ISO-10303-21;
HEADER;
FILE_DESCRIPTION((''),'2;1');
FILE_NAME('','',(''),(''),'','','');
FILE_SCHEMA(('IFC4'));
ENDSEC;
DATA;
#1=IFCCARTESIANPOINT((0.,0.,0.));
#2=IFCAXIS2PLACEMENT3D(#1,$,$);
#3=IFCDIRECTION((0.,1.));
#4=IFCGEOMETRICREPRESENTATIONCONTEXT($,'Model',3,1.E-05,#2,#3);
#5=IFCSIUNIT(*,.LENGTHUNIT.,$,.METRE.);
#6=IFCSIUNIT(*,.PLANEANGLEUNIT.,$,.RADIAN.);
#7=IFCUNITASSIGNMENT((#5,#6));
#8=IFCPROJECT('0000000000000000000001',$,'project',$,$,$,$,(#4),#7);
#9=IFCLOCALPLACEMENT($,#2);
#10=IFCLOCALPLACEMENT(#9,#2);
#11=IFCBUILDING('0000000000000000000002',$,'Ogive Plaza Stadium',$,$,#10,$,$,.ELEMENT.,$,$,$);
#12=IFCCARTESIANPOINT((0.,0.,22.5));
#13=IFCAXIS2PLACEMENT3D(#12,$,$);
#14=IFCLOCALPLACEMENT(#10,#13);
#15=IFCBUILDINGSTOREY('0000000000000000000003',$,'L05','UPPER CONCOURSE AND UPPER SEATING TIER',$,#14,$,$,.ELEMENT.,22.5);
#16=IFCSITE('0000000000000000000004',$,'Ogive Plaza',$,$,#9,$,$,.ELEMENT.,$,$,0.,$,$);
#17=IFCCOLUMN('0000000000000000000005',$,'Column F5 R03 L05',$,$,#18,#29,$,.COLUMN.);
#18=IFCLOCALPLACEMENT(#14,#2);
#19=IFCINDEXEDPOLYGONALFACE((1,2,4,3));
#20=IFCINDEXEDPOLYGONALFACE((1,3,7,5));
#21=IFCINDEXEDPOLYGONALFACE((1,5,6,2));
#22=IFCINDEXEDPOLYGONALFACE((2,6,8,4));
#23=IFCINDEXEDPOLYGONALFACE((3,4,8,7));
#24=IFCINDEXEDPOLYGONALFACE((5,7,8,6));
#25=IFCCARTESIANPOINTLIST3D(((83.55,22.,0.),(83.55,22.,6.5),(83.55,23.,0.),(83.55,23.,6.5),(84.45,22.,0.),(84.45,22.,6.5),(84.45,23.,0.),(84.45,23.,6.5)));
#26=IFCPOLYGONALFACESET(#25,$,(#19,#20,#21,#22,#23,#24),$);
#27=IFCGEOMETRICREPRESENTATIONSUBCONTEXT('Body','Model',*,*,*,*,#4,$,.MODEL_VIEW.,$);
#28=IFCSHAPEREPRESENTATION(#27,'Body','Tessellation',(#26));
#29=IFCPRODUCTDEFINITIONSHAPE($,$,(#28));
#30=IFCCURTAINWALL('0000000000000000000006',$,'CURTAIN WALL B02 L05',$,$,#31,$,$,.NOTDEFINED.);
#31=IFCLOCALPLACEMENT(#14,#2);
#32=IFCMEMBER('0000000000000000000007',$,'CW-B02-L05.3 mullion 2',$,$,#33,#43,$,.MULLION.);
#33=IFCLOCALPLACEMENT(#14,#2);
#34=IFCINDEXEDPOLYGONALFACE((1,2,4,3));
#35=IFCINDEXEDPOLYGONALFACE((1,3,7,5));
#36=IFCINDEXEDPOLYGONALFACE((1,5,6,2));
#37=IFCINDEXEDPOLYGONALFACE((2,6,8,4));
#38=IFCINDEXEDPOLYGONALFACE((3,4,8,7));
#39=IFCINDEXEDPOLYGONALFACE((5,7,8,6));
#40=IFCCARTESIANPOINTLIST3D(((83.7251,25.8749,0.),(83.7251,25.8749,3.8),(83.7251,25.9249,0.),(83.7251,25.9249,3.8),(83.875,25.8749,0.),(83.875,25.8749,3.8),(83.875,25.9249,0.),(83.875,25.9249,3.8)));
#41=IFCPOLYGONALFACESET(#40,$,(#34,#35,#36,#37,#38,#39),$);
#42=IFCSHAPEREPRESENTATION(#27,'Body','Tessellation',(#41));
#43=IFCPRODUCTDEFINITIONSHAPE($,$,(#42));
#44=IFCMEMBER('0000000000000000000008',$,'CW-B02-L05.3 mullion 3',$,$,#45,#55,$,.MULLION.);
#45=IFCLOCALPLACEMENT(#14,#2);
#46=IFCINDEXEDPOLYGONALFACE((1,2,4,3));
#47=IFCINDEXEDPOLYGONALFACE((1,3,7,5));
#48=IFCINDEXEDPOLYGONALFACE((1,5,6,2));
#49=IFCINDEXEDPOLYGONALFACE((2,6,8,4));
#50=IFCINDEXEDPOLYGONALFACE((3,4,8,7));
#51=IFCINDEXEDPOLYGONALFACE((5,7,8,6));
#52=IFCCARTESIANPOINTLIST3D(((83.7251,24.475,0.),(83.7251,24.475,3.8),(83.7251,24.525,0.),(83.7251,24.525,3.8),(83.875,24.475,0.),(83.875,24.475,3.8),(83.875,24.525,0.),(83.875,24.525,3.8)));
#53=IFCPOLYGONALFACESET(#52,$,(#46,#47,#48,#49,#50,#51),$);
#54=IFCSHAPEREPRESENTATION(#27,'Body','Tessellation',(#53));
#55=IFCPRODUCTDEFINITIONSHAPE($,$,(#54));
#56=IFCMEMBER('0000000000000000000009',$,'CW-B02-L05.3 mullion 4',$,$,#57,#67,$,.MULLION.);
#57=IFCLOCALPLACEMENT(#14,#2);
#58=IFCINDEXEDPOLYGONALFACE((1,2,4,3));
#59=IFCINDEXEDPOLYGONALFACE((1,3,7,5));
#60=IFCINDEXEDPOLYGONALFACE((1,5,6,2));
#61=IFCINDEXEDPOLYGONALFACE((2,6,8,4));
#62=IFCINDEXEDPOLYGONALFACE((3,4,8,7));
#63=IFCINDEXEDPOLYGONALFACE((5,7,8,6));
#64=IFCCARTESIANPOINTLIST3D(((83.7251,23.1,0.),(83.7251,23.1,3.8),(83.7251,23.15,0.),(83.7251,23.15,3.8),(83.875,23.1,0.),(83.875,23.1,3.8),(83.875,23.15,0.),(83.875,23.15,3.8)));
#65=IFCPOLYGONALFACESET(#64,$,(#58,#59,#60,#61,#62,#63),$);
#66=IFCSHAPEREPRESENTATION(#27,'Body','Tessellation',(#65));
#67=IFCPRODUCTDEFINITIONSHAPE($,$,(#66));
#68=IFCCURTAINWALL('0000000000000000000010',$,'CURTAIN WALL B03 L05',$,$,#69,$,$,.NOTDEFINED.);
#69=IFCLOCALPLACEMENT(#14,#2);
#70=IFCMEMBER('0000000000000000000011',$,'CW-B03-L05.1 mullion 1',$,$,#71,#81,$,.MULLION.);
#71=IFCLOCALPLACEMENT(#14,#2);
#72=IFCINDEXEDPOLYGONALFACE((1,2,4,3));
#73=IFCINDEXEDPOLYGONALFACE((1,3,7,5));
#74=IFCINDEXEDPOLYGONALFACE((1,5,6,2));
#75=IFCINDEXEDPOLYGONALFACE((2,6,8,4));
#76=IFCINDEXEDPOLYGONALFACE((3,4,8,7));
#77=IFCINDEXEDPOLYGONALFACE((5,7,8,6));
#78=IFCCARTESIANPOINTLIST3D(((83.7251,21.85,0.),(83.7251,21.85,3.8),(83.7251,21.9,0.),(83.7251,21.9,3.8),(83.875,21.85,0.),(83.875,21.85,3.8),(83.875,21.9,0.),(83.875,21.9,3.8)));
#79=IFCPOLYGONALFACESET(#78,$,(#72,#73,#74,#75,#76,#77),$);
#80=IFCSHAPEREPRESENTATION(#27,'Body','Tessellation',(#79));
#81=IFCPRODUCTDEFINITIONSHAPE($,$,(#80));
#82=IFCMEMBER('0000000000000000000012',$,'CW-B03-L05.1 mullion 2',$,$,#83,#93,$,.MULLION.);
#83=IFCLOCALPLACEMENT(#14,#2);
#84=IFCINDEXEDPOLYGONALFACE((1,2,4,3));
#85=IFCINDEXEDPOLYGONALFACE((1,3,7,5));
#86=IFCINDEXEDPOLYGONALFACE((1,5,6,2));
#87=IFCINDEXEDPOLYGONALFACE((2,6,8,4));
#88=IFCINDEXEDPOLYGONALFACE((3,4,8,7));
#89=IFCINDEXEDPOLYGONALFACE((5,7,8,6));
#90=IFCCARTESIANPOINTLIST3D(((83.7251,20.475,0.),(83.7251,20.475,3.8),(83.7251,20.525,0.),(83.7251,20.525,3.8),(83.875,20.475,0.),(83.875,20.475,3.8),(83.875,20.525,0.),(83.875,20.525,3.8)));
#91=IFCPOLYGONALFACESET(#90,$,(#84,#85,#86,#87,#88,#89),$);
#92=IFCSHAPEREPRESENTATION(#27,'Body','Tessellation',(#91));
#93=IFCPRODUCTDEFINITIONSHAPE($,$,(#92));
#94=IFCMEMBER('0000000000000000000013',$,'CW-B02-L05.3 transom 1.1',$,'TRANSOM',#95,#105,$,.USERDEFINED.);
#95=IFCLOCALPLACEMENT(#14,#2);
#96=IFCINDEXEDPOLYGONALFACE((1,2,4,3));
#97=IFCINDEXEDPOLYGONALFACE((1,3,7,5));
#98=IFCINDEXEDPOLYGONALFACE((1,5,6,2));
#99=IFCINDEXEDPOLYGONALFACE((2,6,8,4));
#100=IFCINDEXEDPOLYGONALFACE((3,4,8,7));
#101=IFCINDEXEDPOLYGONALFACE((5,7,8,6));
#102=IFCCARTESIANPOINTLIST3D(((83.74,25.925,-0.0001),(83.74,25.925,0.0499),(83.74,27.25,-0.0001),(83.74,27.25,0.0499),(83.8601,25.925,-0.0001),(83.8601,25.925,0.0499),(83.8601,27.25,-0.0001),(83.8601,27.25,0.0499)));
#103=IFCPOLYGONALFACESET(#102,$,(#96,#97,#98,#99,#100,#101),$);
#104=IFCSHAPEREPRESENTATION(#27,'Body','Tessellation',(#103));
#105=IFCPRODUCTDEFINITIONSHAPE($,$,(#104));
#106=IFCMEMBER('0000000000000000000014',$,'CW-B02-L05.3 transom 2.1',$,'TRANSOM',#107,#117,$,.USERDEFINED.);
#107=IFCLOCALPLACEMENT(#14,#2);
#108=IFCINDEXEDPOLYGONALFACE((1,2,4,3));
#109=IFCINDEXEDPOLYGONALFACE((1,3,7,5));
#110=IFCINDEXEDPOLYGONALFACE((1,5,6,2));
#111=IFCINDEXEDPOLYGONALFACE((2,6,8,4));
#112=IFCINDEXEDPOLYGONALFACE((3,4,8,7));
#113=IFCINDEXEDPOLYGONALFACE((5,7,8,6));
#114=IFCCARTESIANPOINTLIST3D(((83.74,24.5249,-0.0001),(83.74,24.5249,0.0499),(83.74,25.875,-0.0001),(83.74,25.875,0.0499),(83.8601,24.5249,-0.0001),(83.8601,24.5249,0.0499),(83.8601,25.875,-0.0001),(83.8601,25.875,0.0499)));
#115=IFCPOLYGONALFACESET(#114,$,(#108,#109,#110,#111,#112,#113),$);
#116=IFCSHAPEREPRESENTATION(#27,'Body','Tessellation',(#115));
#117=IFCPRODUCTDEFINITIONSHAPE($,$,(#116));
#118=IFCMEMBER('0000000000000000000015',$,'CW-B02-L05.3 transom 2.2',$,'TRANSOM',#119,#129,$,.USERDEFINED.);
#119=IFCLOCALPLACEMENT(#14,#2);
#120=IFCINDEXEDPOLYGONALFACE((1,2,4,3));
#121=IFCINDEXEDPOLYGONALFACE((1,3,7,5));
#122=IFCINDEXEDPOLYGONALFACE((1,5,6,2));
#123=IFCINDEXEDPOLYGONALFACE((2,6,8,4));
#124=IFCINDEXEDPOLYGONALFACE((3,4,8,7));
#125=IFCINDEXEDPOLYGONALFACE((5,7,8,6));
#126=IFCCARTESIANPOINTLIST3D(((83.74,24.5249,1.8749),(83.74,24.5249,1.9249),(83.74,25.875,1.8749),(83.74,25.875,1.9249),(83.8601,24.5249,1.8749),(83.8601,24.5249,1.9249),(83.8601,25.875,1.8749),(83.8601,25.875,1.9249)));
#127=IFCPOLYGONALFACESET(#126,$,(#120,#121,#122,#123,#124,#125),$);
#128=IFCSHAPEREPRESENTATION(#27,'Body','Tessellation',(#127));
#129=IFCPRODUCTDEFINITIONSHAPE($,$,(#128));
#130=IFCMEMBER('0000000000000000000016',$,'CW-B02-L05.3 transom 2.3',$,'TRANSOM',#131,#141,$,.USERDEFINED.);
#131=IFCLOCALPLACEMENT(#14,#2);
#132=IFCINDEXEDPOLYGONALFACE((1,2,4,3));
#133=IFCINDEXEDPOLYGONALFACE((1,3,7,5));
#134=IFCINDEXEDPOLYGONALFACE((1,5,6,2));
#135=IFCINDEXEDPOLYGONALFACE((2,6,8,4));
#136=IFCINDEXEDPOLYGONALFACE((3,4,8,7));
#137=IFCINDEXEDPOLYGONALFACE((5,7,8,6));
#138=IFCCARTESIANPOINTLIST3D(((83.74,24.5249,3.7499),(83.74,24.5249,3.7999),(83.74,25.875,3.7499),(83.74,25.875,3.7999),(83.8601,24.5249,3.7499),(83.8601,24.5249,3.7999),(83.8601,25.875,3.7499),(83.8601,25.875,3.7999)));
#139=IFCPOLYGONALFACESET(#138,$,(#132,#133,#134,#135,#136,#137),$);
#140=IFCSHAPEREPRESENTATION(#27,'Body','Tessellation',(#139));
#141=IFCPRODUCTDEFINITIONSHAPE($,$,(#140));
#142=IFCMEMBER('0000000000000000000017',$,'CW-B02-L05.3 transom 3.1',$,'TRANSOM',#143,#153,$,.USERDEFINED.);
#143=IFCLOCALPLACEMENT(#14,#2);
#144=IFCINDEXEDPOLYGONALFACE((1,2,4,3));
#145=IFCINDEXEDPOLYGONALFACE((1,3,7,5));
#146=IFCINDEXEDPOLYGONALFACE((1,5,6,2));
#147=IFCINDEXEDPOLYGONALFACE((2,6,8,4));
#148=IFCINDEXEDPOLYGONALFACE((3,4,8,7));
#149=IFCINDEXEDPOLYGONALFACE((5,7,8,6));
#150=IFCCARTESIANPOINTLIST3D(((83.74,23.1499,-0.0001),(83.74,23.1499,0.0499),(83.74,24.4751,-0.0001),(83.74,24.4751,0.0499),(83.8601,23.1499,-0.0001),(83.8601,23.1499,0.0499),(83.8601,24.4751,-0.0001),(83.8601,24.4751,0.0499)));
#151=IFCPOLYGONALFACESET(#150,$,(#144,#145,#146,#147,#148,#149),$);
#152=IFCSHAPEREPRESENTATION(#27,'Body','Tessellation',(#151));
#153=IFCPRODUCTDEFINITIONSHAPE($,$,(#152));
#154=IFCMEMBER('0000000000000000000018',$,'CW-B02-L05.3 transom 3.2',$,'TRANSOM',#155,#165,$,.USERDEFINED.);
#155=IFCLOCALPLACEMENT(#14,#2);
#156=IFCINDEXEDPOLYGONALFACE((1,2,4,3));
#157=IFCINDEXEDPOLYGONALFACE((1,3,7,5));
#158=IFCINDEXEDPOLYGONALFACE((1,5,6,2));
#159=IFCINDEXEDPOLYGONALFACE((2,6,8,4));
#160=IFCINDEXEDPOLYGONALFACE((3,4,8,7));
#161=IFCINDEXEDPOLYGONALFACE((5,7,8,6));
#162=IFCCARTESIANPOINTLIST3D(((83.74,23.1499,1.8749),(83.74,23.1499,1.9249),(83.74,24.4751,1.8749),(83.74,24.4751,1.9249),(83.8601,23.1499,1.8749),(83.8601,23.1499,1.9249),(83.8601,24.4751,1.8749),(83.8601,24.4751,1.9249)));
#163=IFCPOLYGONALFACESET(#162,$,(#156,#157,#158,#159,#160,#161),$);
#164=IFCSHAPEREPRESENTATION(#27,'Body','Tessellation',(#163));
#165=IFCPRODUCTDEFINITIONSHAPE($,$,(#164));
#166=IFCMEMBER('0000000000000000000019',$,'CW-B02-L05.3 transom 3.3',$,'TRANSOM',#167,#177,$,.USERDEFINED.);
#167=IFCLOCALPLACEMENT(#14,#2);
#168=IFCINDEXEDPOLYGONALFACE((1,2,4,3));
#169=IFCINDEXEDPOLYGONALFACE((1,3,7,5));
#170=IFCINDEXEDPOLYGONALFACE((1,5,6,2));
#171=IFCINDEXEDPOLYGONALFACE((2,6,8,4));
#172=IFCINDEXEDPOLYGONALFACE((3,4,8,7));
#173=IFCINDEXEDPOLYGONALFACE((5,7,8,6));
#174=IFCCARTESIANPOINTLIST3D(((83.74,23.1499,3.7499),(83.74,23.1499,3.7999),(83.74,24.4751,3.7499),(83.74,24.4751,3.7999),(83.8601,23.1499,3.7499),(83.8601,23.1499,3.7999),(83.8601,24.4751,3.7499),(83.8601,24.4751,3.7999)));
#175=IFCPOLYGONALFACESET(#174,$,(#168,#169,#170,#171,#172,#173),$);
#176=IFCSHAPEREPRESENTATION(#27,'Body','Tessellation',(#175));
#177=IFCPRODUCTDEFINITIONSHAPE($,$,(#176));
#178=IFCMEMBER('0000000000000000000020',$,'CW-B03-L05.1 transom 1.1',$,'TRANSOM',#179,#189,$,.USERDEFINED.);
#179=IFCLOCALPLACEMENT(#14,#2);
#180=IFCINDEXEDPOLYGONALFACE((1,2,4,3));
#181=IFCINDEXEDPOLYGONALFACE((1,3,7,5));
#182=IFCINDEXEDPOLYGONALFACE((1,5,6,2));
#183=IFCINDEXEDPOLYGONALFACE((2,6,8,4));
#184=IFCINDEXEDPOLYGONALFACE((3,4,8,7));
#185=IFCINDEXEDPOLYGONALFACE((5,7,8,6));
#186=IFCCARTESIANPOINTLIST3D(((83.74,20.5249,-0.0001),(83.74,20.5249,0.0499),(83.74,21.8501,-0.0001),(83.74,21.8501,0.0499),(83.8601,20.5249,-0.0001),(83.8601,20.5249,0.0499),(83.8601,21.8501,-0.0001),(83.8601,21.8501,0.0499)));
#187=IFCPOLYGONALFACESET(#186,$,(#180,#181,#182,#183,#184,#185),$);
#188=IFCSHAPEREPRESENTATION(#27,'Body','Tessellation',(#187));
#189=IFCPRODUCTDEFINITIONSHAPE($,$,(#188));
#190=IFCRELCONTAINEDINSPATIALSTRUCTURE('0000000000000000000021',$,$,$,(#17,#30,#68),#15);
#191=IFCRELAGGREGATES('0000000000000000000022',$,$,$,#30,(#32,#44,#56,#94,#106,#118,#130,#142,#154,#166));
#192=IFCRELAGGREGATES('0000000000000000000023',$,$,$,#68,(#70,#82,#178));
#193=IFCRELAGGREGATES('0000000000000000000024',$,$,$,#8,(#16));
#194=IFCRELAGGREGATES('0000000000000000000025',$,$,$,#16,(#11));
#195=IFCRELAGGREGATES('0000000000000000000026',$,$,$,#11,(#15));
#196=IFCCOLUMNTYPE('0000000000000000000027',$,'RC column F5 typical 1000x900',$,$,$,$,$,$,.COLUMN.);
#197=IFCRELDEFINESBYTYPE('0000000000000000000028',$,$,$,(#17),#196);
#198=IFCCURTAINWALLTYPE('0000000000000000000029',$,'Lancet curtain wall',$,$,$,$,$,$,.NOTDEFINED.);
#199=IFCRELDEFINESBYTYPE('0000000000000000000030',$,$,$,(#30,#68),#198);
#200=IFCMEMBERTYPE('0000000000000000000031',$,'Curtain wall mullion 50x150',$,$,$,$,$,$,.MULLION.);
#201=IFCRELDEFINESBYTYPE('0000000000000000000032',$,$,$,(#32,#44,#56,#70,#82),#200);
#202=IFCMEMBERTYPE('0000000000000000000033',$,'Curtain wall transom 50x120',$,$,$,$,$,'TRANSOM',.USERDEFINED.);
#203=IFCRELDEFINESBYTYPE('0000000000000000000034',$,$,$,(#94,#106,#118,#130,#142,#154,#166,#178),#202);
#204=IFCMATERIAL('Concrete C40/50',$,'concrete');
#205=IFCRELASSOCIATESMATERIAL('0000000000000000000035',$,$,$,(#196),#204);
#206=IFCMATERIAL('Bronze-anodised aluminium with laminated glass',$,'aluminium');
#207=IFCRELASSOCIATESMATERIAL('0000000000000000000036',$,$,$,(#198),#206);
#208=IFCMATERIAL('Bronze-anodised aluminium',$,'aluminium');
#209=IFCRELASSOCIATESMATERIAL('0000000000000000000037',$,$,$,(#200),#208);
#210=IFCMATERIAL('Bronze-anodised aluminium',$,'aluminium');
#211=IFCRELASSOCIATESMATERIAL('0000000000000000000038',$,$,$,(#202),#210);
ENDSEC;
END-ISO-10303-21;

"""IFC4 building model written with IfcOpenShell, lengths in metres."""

from ifc_helpers import new_model, si_unit, direction, frame, origin, origin_2d, place, context, subcontext, project, spatial, rectangle, extrude, material, material_profile, profile_set, type_object, element, aggregate, save


model = new_model("IFC4")

# Units and contexts
model_context = context("Model", 3, precision=1e-05, world=origin(), true_north=direction((0.0, 1.0)))
body_context = subcontext(model_context, "Body", "Model", "MODEL_VIEW")
ifc_project = project(units=[si_unit("LENGTHUNIT", "METRE"), si_unit("PLANEANGLEUNIT", "RADIAN")], contexts=[model_context])

# Site, building, storey
site_placement = place(None, origin())
site = spatial("IfcSite", under=ifc_project, at=site_placement, Name="Ogive Plaza", CompositionType="ELEMENT", RefElevation=0.0)
building_placement = place(site_placement, origin())
building = spatial("IfcBuilding", under=site, at=building_placement, Name="Ogive Plaza Stadium", CompositionType="ELEMENT")
storey_placement = place(building_placement, frame((0.0, 0.0, 22.5)))
storey = spatial("IfcBuildingStorey", under=building, at=storey_placement, Name="L05", Description="UPPER CONCOURSE AND UPPER SEATING TIER", CompositionType="ELEMENT", Elevation=22.5)

# Column
ifc_material_1 = material(Name="Concrete C40/50", Category="concrete")
ifc_material_profile_1 = material_profile(ifc_material_1, rectangle(XDim=1.0, YDim=0.8999, at=origin_2d()), Name="RC 1000x900")
ifc_profile_set_1 = profile_set([ifc_material_profile_1], Name="Concrete C40/50")
column_type = type_object("IfcColumnType", Name="RC column F5 typical 1000x900", PredefinedType="COLUMN", material=ifc_profile_set_1)
column_placement = place(storey_placement, frame((84.0, 22.5, 0.0), z_axis=(0.0, 0.0, 1.0), x_axis=(0.0, 1.0, 0.0)))
element("IfcColumn", 1, at=column_placement, inside=storey, type_object=column_type, Name="Column F5 R03 L05", PredefinedType="COLUMN", context=body_context, shape_type="SweptSolid", body=[
    extrude(rectangle(XDim=1.0, YDim=0.8999, at=origin_2d()), origin(), (0.0, 0.0, 1.0), 6.5),
])

# Curtain walls, members
ifc_material_2 = material(Name="Bronze-anodised aluminium with laminated glass", Category="aluminium")
curtain_wall_type = type_object("IfcCurtainWallType", Name="Lancet curtain wall", PredefinedType="NOTDEFINED", material=ifc_material_2)
curtain_wall_1_placement = place(storey_placement, origin())
curtain_wall_1 = element("IfcCurtainWall", 2, at=curtain_wall_1_placement, inside=storey, type_object=curtain_wall_type, Name="CURTAIN WALL B02 L05", PredefinedType="NOTDEFINED")
ifc_material_3 = material(Name="Bronze-anodised aluminium", Category="aluminium")
ifc_material_profile_2 = material_profile(ifc_material_3, rectangle(XDim=0.1499, YDim=0.05, at=origin_2d()), Name="AL 150x50")
ifc_profile_set_2 = profile_set([ifc_material_profile_2], Name="Bronze-anodised aluminium")
member_type_1 = type_object("IfcMemberType", Name="Curtain wall mullion 50x150", PredefinedType="MULLION", material=ifc_profile_set_2)
member_1_placement = place(storey_placement, frame((83.8, 25.8999, 0.0), z_axis=(0.0, 0.0, 1.0), x_axis=(1.0, 0.0, 0.0)))
member_1 = element("IfcMember", 3, at=member_1_placement, type_object=member_type_1, Name="CW-B02-L05.3 mullion 2", PredefinedType="MULLION", context=body_context, shape_type="SweptSolid", body=[
    extrude(rectangle(XDim=0.1499, YDim=0.05, at=origin_2d()), origin(), (0.0, 0.0, 1.0), 3.8),
])
member_2_placement = place(storey_placement, frame((83.8, 24.5, 0.0), z_axis=(0.0, 0.0, 1.0), x_axis=(1.0, 0.0, 0.0)))
member_2 = element("IfcMember", 4, at=member_2_placement, type_object=member_type_1, Name="CW-B02-L05.3 mullion 3", PredefinedType="MULLION", context=body_context, shape_type="SweptSolid", body=[
    extrude(rectangle(XDim=0.1499, YDim=0.05, at=origin_2d()), origin(), (0.0, 0.0, 1.0), 3.8),
])
member_3_placement = place(storey_placement, frame((83.8, 23.125, 0.0), z_axis=(0.0, 0.0, 1.0), x_axis=(1.0, 0.0, 0.0)))
member_3 = element("IfcMember", 5, at=member_3_placement, type_object=member_type_1, Name="CW-B02-L05.3 mullion 4", PredefinedType="MULLION", context=body_context, shape_type="SweptSolid", body=[
    extrude(rectangle(XDim=0.1499, YDim=0.05, at=origin_2d()), origin(), (0.0, 0.0, 1.0), 3.8),
])
curtain_wall_2_placement = place(storey_placement, origin())
curtain_wall_2 = element("IfcCurtainWall", 6, at=curtain_wall_2_placement, inside=storey, type_object=curtain_wall_type, Name="CURTAIN WALL B03 L05", PredefinedType="NOTDEFINED")
member_4_placement = place(storey_placement, frame((83.8, 21.875, 0.0), z_axis=(0.0, 0.0, 1.0), x_axis=(1.0, 0.0, 0.0)))
member_4 = element("IfcMember", 7, at=member_4_placement, type_object=member_type_1, Name="CW-B03-L05.1 mullion 1", PredefinedType="MULLION", context=body_context, shape_type="SweptSolid", body=[
    extrude(rectangle(XDim=0.1499, YDim=0.05, at=origin_2d()), origin(), (0.0, 0.0, 1.0), 3.8),
])
member_5_placement = place(storey_placement, frame((83.8, 20.5, 0.0), z_axis=(0.0, 0.0, 1.0), x_axis=(1.0, 0.0, 0.0)))
member_5 = element("IfcMember", 8, at=member_5_placement, type_object=member_type_1, Name="CW-B03-L05.1 mullion 2", PredefinedType="MULLION", context=body_context, shape_type="SweptSolid", body=[
    extrude(rectangle(XDim=0.1499, YDim=0.05, at=origin_2d()), origin(), (0.0, 0.0, 1.0), 3.8),
])

# Members
ifc_material_4 = material(Name="Bronze-anodised aluminium", Category="aluminium")
ifc_material_profile_3 = material_profile(ifc_material_4, rectangle(XDim=0.1201, YDim=0.05, at=origin_2d()), Name="AL 120x50")
ifc_profile_set_3 = profile_set([ifc_material_profile_3], Name="Bronze-anodised aluminium")
member_type_2 = type_object("IfcMemberType", Name="Curtain wall transom 50x120", ElementType="TRANSOM", PredefinedType="USERDEFINED", material=ifc_profile_set_3)
member_6_placement = place(storey_placement, frame((83.8, 27.25, 0.0249), z_axis=(0.0, -1.0, 0.0), x_axis=(1.0, 0.0, 0.0)))
member_6 = element("IfcMember", 9, at=member_6_placement, type_object=member_type_2, Name="CW-B02-L05.3 transom 1.1", ObjectType="TRANSOM", PredefinedType="USERDEFINED", context=body_context, shape_type="SweptSolid", body=[
    extrude(rectangle(XDim=0.1201, YDim=0.05, at=origin_2d()), origin(), (0.0, 0.0, 1.0), 1.325),
])
member_7_placement = place(storey_placement, frame((83.8, 25.875, 0.0249), z_axis=(0.0, -1.0, 0.0), x_axis=(1.0, 0.0, 0.0)))
member_7 = element("IfcMember", 10, at=member_7_placement, type_object=member_type_2, Name="CW-B02-L05.3 transom 2.1", ObjectType="TRANSOM", PredefinedType="USERDEFINED", context=body_context, shape_type="SweptSolid", body=[
    extrude(rectangle(XDim=0.1201, YDim=0.05, at=origin_2d()), origin(), (0.0, 0.0, 1.0), 1.3501),
])
member_8_placement = place(storey_placement, frame((83.8, 25.875, 1.8999), z_axis=(0.0, -1.0, 0.0), x_axis=(1.0, 0.0, 0.0)))
member_8 = element("IfcMember", 11, at=member_8_placement, type_object=member_type_2, Name="CW-B02-L05.3 transom 2.2", ObjectType="TRANSOM", PredefinedType="USERDEFINED", context=body_context, shape_type="SweptSolid", body=[
    extrude(rectangle(XDim=0.1201, YDim=0.05, at=origin_2d()), origin(), (0.0, 0.0, 1.0), 1.3501),
])
member_9_placement = place(storey_placement, frame((83.8, 25.875, 3.7749), z_axis=(0.0, -1.0, 0.0), x_axis=(1.0, 0.0, 0.0)))
member_9 = element("IfcMember", 12, at=member_9_placement, type_object=member_type_2, Name="CW-B02-L05.3 transom 2.3", ObjectType="TRANSOM", PredefinedType="USERDEFINED", context=body_context, shape_type="SweptSolid", body=[
    extrude(rectangle(XDim=0.1201, YDim=0.05, at=origin_2d()), origin(), (0.0, 0.0, 1.0), 1.3501),
])
member_10_placement = place(storey_placement, frame((83.8, 24.4751, 0.0249), z_axis=(0.0, -1.0, 0.0), x_axis=(1.0, 0.0, 0.0)))
member_10 = element("IfcMember", 13, at=member_10_placement, type_object=member_type_2, Name="CW-B02-L05.3 transom 3.1", ObjectType="TRANSOM", PredefinedType="USERDEFINED", context=body_context, shape_type="SweptSolid", body=[
    extrude(rectangle(XDim=0.1201, YDim=0.05, at=origin_2d()), origin(), (0.0, 0.0, 1.0), 1.3252),
])
member_11_placement = place(storey_placement, frame((83.8, 24.4751, 1.8999), z_axis=(0.0, -1.0, 0.0), x_axis=(1.0, 0.0, 0.0)))
member_11 = element("IfcMember", 14, at=member_11_placement, type_object=member_type_2, Name="CW-B02-L05.3 transom 3.2", ObjectType="TRANSOM", PredefinedType="USERDEFINED", context=body_context, shape_type="SweptSolid", body=[
    extrude(rectangle(XDim=0.1201, YDim=0.05, at=origin_2d()), origin(), (0.0, 0.0, 1.0), 1.3252),
])
member_12_placement = place(storey_placement, frame((83.8, 24.4751, 3.7749), z_axis=(0.0, -1.0, 0.0), x_axis=(1.0, 0.0, 0.0)))
member_12 = element("IfcMember", 15, at=member_12_placement, type_object=member_type_2, Name="CW-B02-L05.3 transom 3.3", ObjectType="TRANSOM", PredefinedType="USERDEFINED", context=body_context, shape_type="SweptSolid", body=[
    extrude(rectangle(XDim=0.1201, YDim=0.05, at=origin_2d()), origin(), (0.0, 0.0, 1.0), 1.3252),
])
member_13_placement = place(storey_placement, frame((83.8, 21.8501, 0.0249), z_axis=(0.0, -1.0, 0.0), x_axis=(1.0, 0.0, 0.0)))
member_13 = element("IfcMember", 16, at=member_13_placement, type_object=member_type_2, Name="CW-B03-L05.1 transom 1.1", ObjectType="TRANSOM", PredefinedType="USERDEFINED", context=body_context, shape_type="SweptSolid", body=[
    extrude(rectangle(XDim=0.1201, YDim=0.05, at=origin_2d()), origin(), (0.0, 0.0, 1.0), 1.3252),
])

aggregate(curtain_wall_1, [member_1, member_2, member_3, member_6, member_7, member_8, member_9, member_10, member_11, member_12])
aggregate(curtain_wall_2, [member_4, member_5, member_13])

save(model, "model.ifc")
